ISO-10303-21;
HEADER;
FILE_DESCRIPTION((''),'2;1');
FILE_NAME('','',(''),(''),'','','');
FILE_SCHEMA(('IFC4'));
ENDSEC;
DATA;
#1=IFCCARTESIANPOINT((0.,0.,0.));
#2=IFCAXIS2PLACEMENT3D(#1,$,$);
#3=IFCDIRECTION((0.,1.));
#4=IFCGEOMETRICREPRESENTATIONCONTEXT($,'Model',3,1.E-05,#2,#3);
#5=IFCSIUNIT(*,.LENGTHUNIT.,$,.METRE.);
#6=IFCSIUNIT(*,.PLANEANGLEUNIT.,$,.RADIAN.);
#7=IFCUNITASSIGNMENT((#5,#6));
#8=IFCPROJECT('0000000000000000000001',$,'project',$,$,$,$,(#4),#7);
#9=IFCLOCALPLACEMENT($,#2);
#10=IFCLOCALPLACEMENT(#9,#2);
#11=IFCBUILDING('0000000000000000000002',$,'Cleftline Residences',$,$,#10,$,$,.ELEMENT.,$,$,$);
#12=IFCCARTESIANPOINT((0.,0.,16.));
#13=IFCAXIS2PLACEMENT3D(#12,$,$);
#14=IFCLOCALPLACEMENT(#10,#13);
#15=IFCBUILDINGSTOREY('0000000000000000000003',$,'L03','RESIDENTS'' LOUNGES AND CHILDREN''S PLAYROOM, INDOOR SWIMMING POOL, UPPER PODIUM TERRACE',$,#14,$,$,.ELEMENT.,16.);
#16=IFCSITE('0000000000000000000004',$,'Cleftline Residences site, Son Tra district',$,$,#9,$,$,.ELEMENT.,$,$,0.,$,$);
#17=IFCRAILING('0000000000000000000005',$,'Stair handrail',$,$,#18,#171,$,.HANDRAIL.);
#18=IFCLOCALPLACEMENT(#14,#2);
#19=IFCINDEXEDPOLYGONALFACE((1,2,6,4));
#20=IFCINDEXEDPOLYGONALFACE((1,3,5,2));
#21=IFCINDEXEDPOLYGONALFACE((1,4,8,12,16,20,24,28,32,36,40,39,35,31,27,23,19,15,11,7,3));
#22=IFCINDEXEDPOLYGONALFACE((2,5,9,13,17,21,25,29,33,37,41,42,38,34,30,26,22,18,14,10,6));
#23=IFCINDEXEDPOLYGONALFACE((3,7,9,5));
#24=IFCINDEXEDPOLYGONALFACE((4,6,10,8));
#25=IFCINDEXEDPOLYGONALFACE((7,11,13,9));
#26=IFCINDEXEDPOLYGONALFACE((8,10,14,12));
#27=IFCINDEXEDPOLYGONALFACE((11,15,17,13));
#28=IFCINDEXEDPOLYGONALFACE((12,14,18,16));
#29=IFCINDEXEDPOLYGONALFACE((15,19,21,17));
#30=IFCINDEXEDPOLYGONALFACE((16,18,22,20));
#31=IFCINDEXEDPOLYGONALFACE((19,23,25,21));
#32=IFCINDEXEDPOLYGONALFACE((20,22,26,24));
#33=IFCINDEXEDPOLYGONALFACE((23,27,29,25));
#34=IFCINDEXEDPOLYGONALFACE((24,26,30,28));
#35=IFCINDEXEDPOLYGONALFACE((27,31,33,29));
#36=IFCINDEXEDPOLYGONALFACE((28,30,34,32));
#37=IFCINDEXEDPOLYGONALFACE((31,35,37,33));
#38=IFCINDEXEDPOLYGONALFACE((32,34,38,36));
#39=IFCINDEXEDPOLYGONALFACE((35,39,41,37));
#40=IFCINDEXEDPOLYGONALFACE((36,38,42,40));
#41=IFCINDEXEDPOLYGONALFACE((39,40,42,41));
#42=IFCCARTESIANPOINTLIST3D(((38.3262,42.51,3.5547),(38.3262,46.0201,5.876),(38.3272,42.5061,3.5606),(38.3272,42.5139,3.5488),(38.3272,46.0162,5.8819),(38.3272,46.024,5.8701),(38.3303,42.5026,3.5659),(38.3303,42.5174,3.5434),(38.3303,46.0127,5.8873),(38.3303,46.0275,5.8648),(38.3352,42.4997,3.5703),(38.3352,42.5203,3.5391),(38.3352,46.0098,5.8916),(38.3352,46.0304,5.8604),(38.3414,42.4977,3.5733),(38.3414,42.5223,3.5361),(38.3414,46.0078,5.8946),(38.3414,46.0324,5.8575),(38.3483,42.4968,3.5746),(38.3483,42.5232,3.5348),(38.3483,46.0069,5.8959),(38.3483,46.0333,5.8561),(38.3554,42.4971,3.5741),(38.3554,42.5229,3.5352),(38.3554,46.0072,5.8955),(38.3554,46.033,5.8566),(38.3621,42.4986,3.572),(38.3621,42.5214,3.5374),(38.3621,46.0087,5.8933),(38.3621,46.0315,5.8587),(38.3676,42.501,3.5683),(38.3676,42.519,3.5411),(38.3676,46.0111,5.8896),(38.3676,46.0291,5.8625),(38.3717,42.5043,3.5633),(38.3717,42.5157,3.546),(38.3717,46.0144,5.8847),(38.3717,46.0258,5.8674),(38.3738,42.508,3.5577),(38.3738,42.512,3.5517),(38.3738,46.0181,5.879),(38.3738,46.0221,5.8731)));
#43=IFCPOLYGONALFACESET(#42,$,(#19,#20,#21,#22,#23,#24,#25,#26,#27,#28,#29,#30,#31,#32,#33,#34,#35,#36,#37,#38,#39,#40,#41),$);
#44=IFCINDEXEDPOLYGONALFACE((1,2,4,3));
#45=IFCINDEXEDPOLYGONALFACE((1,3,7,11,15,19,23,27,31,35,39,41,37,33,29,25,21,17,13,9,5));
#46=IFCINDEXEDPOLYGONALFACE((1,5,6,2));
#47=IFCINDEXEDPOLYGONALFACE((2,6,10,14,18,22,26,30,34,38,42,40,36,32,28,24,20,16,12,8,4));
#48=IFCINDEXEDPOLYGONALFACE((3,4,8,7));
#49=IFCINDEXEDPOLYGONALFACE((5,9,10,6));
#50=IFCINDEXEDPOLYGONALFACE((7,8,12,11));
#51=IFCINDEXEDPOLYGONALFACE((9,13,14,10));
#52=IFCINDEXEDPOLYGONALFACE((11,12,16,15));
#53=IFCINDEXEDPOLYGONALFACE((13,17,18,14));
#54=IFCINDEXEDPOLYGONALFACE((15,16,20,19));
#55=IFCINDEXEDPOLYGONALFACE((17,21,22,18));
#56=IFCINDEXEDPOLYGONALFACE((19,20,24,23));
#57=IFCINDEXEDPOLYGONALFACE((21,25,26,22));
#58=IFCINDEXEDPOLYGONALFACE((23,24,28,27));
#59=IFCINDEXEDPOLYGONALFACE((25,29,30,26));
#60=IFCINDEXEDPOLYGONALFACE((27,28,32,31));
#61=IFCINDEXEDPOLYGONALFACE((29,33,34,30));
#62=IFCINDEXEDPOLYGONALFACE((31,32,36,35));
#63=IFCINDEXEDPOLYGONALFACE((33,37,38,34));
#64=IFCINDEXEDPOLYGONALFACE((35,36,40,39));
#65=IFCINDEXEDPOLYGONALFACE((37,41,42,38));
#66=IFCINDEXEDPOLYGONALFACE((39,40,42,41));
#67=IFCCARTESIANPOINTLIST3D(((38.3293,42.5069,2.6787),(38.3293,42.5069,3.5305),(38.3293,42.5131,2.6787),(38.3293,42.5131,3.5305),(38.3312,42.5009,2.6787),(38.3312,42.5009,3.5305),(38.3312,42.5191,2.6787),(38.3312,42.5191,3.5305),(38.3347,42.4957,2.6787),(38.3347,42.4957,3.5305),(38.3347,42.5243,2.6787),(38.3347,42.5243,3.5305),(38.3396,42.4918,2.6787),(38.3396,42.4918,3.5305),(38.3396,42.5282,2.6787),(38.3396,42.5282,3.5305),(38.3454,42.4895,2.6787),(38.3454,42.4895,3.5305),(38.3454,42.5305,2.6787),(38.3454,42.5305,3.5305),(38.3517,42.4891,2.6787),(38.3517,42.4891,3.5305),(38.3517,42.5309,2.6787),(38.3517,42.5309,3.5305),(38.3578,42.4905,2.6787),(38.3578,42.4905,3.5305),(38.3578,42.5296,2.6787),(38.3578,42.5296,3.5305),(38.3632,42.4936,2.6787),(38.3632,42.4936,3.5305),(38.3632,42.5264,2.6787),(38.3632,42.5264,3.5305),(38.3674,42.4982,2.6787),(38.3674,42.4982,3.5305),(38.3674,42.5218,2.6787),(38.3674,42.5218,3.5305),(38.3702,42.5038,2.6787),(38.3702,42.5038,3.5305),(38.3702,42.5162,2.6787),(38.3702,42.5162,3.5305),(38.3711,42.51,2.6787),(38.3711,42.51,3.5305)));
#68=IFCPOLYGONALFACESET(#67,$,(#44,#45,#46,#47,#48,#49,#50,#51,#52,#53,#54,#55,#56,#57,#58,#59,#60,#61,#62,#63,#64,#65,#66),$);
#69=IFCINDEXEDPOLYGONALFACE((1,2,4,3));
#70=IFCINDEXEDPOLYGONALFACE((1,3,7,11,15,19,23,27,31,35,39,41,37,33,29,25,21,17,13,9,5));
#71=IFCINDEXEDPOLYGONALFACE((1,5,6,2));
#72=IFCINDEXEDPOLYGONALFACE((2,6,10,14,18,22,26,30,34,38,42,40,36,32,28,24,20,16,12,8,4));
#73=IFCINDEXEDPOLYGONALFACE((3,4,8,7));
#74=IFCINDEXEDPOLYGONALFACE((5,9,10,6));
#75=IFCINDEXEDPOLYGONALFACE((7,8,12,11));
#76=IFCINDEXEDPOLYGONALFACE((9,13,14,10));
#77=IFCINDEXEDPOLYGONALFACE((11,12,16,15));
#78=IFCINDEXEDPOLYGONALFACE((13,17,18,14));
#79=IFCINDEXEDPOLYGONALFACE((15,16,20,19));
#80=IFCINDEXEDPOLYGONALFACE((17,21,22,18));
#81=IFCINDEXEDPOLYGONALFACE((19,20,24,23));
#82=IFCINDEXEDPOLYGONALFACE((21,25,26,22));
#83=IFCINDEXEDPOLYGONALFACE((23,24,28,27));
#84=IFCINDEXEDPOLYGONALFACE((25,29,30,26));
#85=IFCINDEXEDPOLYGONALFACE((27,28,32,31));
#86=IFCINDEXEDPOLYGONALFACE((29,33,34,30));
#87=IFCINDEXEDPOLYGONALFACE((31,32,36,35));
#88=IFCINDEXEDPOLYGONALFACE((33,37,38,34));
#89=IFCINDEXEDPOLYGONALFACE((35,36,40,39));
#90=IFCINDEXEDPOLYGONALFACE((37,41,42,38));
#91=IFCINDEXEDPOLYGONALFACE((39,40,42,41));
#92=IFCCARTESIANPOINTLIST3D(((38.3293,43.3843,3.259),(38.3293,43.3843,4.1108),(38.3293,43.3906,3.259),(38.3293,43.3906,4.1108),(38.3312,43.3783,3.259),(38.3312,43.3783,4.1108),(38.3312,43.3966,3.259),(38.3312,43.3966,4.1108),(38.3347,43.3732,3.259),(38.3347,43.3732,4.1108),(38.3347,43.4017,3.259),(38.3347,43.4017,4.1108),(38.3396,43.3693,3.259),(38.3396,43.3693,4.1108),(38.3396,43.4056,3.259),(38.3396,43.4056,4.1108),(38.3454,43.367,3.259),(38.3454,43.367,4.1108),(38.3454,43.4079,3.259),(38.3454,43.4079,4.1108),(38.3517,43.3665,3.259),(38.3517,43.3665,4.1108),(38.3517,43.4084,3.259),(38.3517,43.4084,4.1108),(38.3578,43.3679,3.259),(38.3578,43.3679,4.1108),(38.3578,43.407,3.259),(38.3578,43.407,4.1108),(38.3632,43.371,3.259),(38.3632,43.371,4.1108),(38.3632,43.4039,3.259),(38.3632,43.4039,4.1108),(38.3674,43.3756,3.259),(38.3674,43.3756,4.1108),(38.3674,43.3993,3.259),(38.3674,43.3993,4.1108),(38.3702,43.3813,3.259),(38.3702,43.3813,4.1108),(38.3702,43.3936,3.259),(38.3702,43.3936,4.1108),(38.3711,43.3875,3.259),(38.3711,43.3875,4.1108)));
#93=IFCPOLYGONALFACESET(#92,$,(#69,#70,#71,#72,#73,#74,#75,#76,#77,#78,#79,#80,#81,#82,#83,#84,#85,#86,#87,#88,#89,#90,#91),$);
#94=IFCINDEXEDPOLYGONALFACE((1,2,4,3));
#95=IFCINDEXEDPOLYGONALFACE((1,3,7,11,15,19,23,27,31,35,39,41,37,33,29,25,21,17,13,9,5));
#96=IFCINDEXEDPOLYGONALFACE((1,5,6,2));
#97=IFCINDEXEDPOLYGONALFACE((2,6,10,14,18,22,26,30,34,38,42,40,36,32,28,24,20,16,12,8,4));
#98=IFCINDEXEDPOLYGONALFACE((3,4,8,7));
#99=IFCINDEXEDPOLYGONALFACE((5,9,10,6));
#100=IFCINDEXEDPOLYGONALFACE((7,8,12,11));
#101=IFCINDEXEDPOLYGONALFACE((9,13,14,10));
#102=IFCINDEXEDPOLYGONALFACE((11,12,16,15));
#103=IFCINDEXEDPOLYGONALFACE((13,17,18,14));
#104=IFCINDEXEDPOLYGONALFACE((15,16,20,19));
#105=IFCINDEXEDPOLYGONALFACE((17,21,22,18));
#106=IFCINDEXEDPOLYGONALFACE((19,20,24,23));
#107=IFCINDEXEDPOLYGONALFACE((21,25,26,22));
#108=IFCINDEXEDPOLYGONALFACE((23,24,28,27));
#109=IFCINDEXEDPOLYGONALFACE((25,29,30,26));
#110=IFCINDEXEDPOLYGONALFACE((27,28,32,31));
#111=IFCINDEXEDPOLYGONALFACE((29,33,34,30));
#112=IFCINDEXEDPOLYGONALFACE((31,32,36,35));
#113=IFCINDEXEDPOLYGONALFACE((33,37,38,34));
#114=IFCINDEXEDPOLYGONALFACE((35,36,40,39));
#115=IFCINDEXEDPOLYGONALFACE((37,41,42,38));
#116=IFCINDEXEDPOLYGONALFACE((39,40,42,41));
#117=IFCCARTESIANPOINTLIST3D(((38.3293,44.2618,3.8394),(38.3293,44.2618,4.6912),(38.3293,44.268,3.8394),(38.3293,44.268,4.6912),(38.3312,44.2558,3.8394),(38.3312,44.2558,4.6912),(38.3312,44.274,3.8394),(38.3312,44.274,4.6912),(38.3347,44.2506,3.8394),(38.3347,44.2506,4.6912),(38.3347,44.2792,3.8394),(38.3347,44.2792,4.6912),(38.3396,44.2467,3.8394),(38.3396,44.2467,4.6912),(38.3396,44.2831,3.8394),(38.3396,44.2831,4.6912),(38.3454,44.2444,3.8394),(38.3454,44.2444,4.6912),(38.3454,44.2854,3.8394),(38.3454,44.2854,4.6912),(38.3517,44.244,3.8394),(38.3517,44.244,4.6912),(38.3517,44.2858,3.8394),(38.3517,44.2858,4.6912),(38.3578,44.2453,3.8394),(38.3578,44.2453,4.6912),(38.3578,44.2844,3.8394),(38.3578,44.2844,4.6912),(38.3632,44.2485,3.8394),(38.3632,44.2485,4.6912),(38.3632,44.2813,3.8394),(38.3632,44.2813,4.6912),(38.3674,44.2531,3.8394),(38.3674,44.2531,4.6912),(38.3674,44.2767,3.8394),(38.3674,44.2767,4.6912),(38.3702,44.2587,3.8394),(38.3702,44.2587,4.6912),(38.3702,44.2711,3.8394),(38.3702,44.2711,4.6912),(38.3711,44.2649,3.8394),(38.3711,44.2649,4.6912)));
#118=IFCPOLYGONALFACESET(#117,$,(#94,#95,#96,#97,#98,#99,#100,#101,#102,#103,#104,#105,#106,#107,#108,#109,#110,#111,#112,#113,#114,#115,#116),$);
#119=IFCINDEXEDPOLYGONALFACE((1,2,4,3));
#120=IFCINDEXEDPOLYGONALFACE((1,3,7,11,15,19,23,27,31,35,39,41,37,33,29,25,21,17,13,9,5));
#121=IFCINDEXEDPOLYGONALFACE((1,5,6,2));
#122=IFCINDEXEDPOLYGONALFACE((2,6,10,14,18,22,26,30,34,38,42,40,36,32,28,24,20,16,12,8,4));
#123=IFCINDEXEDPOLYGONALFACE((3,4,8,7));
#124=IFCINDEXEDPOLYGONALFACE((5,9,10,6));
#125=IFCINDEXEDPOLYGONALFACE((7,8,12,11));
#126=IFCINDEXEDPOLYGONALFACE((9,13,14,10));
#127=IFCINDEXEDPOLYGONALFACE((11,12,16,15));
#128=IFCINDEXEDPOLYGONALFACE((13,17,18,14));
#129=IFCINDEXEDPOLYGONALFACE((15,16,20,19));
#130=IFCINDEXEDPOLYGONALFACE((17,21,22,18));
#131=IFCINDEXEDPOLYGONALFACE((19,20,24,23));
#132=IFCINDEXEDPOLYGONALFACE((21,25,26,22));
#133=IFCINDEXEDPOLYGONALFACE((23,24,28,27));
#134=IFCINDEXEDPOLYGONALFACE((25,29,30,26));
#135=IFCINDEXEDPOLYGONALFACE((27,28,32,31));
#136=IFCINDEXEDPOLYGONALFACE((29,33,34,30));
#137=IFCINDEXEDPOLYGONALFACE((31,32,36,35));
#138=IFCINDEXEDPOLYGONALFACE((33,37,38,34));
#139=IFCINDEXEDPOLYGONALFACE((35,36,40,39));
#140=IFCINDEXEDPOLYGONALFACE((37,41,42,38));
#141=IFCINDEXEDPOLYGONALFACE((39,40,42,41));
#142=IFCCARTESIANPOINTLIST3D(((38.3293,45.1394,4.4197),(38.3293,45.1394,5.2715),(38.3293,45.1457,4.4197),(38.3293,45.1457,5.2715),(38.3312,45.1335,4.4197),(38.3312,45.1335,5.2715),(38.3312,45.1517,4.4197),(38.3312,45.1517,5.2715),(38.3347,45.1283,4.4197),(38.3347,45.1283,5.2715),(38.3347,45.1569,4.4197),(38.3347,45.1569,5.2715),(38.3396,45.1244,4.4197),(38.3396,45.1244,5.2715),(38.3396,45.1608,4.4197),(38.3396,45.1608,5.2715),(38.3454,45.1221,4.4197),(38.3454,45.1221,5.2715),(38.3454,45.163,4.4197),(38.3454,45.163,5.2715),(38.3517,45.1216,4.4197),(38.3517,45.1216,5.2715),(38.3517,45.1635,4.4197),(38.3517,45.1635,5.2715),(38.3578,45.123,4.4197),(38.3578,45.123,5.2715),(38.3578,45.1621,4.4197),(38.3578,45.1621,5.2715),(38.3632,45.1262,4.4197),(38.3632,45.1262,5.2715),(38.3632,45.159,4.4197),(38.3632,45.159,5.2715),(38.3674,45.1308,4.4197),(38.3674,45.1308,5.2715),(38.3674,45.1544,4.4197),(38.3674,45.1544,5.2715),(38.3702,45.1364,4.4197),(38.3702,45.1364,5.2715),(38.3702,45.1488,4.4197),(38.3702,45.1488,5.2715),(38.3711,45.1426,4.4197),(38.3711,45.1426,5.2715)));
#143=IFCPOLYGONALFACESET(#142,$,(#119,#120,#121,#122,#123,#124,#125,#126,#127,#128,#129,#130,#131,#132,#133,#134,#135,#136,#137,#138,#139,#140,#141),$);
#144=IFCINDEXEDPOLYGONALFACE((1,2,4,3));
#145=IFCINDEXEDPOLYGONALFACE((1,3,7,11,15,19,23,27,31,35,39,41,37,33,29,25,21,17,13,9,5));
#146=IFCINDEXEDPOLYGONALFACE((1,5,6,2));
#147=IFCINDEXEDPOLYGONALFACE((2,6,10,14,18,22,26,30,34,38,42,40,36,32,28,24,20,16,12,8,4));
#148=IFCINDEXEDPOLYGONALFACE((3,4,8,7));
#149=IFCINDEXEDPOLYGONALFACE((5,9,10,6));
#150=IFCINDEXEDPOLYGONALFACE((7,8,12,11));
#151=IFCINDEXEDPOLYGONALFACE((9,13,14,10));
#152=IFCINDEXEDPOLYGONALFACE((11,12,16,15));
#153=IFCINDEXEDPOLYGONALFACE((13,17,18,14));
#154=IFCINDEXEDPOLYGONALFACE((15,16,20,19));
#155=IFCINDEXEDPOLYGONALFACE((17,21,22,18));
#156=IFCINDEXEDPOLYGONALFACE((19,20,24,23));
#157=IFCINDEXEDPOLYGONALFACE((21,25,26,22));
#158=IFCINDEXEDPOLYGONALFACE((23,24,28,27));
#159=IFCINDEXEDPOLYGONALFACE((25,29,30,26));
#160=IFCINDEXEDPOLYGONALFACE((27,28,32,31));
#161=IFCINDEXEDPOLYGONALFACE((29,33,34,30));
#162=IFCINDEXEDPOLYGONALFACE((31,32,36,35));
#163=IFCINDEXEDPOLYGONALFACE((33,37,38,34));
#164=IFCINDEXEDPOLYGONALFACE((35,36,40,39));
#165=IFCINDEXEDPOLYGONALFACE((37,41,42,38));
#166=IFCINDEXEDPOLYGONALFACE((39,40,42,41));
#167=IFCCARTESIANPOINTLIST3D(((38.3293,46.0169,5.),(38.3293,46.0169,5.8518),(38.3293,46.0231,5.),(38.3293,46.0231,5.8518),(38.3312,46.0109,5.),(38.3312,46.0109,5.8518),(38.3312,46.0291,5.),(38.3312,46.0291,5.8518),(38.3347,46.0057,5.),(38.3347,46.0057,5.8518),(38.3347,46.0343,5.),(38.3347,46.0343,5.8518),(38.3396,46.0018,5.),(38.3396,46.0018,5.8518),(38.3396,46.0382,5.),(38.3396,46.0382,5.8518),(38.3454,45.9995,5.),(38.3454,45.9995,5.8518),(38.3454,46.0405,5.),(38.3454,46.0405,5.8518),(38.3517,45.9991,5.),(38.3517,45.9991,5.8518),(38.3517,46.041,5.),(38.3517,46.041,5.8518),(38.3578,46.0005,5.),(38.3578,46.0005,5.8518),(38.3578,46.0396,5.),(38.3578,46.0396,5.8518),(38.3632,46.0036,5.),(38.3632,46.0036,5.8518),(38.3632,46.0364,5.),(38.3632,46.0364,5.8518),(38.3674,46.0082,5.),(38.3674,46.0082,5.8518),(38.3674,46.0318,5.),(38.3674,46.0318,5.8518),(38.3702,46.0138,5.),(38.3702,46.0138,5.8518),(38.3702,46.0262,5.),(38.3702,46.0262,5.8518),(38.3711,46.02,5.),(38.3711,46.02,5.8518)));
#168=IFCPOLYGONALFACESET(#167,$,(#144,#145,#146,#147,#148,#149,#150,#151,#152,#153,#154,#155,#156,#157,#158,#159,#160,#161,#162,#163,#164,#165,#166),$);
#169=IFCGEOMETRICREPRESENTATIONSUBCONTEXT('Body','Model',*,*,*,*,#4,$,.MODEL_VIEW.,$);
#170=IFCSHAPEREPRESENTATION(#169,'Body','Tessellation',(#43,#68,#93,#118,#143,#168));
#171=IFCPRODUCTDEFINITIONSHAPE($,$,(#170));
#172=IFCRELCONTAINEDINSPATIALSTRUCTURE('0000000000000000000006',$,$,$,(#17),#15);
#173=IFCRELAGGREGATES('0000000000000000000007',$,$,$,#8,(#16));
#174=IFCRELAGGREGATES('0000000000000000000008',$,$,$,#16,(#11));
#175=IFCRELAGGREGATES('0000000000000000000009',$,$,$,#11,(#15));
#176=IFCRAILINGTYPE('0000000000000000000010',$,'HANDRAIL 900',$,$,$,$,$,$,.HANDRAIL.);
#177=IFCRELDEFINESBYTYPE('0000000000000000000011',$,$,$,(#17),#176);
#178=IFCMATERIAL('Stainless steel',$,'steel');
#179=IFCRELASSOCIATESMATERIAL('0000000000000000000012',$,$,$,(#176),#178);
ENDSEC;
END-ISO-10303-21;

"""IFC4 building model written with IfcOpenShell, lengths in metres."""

from ifc_helpers import new_model, si_unit, direction, frame, origin, origin_2d, place, context, subcontext, project, spatial, circle, extrude, material, type_object, element, save


model = new_model("IFC4")

# Units and contexts
model_context = context("Model", 3, precision=1e-05, world=origin(), true_north=direction((0.0, 1.0)))
body_context = subcontext(model_context, "Body", "Model", "MODEL_VIEW")
ifc_project = project(units=[si_unit("LENGTHUNIT", "METRE"), si_unit("PLANEANGLEUNIT", "RADIAN")], contexts=[model_context])

# Site, building, storey
site_placement = place(None, origin())
site = spatial("IfcSite", under=ifc_project, at=site_placement, Name="Cleftline Residences site, Son Tra district", CompositionType="ELEMENT", RefElevation=0.0)
building_placement = place(site_placement, origin())
building = spatial("IfcBuilding", under=site, at=building_placement, Name="Cleftline Residences", CompositionType="ELEMENT")
storey_placement = place(building_placement, frame((0.0, 0.0, 16.0)))
storey = spatial("IfcBuildingStorey", under=building, at=storey_placement, Name="L03", Description="RESIDENTS' LOUNGES AND CHILDREN'S PLAYROOM, INDOOR SWIMMING POOL, UPPER PODIUM TERRACE", CompositionType="ELEMENT", Elevation=16.0)

# Railing
ifc_material_1 = material(Name="Stainless steel", Category="steel")
railing_type = type_object("IfcRailingType", Name="HANDRAIL 900", PredefinedType="HANDRAIL", material=ifc_material_1)
railing_placement = place(storey_placement, frame((38.3501, 42.51, 2.6787)))
element("IfcRailing", 1, at=railing_placement, inside=storey, type_object=railing_type, Name="Stair handrail", PredefinedType="HANDRAIL", context=body_context, shape_type="SweptSolid", body=[
    extrude(circle(Radius=0.0239, at=origin_2d()), frame((0.0, 0.0, 0.876), z_axis=(0.0, 0.834097, 0.551617), x_axis=(-1.0, 0.0, 0.0)), (0.0, 0.0, 1.0), 4.2083),
    extrude(circle(Radius=0.021, at=origin_2d()), origin(), (0.0, 0.0, 1.0), 0.8518),
    extrude(circle(Radius=0.021, at=origin_2d()), frame((0.0, 0.8774, 0.5803)), (0.0, 0.0, 1.0), 0.8518),
    extrude(circle(Radius=0.021, at=origin_2d()), frame((0.0, 1.7549, 1.1606)), (0.0, 0.0, 1.0), 0.8518),
    extrude(circle(Radius=0.021, at=origin_2d()), frame((0.0, 2.6326, 1.741)), (0.0, 0.0, 1.0), 0.8518),
    extrude(circle(Radius=0.021, at=origin_2d()), frame((0.0, 3.51, 2.3213)), (0.0, 0.0, 1.0), 0.8518),
])

save(model, "model.ifc")
